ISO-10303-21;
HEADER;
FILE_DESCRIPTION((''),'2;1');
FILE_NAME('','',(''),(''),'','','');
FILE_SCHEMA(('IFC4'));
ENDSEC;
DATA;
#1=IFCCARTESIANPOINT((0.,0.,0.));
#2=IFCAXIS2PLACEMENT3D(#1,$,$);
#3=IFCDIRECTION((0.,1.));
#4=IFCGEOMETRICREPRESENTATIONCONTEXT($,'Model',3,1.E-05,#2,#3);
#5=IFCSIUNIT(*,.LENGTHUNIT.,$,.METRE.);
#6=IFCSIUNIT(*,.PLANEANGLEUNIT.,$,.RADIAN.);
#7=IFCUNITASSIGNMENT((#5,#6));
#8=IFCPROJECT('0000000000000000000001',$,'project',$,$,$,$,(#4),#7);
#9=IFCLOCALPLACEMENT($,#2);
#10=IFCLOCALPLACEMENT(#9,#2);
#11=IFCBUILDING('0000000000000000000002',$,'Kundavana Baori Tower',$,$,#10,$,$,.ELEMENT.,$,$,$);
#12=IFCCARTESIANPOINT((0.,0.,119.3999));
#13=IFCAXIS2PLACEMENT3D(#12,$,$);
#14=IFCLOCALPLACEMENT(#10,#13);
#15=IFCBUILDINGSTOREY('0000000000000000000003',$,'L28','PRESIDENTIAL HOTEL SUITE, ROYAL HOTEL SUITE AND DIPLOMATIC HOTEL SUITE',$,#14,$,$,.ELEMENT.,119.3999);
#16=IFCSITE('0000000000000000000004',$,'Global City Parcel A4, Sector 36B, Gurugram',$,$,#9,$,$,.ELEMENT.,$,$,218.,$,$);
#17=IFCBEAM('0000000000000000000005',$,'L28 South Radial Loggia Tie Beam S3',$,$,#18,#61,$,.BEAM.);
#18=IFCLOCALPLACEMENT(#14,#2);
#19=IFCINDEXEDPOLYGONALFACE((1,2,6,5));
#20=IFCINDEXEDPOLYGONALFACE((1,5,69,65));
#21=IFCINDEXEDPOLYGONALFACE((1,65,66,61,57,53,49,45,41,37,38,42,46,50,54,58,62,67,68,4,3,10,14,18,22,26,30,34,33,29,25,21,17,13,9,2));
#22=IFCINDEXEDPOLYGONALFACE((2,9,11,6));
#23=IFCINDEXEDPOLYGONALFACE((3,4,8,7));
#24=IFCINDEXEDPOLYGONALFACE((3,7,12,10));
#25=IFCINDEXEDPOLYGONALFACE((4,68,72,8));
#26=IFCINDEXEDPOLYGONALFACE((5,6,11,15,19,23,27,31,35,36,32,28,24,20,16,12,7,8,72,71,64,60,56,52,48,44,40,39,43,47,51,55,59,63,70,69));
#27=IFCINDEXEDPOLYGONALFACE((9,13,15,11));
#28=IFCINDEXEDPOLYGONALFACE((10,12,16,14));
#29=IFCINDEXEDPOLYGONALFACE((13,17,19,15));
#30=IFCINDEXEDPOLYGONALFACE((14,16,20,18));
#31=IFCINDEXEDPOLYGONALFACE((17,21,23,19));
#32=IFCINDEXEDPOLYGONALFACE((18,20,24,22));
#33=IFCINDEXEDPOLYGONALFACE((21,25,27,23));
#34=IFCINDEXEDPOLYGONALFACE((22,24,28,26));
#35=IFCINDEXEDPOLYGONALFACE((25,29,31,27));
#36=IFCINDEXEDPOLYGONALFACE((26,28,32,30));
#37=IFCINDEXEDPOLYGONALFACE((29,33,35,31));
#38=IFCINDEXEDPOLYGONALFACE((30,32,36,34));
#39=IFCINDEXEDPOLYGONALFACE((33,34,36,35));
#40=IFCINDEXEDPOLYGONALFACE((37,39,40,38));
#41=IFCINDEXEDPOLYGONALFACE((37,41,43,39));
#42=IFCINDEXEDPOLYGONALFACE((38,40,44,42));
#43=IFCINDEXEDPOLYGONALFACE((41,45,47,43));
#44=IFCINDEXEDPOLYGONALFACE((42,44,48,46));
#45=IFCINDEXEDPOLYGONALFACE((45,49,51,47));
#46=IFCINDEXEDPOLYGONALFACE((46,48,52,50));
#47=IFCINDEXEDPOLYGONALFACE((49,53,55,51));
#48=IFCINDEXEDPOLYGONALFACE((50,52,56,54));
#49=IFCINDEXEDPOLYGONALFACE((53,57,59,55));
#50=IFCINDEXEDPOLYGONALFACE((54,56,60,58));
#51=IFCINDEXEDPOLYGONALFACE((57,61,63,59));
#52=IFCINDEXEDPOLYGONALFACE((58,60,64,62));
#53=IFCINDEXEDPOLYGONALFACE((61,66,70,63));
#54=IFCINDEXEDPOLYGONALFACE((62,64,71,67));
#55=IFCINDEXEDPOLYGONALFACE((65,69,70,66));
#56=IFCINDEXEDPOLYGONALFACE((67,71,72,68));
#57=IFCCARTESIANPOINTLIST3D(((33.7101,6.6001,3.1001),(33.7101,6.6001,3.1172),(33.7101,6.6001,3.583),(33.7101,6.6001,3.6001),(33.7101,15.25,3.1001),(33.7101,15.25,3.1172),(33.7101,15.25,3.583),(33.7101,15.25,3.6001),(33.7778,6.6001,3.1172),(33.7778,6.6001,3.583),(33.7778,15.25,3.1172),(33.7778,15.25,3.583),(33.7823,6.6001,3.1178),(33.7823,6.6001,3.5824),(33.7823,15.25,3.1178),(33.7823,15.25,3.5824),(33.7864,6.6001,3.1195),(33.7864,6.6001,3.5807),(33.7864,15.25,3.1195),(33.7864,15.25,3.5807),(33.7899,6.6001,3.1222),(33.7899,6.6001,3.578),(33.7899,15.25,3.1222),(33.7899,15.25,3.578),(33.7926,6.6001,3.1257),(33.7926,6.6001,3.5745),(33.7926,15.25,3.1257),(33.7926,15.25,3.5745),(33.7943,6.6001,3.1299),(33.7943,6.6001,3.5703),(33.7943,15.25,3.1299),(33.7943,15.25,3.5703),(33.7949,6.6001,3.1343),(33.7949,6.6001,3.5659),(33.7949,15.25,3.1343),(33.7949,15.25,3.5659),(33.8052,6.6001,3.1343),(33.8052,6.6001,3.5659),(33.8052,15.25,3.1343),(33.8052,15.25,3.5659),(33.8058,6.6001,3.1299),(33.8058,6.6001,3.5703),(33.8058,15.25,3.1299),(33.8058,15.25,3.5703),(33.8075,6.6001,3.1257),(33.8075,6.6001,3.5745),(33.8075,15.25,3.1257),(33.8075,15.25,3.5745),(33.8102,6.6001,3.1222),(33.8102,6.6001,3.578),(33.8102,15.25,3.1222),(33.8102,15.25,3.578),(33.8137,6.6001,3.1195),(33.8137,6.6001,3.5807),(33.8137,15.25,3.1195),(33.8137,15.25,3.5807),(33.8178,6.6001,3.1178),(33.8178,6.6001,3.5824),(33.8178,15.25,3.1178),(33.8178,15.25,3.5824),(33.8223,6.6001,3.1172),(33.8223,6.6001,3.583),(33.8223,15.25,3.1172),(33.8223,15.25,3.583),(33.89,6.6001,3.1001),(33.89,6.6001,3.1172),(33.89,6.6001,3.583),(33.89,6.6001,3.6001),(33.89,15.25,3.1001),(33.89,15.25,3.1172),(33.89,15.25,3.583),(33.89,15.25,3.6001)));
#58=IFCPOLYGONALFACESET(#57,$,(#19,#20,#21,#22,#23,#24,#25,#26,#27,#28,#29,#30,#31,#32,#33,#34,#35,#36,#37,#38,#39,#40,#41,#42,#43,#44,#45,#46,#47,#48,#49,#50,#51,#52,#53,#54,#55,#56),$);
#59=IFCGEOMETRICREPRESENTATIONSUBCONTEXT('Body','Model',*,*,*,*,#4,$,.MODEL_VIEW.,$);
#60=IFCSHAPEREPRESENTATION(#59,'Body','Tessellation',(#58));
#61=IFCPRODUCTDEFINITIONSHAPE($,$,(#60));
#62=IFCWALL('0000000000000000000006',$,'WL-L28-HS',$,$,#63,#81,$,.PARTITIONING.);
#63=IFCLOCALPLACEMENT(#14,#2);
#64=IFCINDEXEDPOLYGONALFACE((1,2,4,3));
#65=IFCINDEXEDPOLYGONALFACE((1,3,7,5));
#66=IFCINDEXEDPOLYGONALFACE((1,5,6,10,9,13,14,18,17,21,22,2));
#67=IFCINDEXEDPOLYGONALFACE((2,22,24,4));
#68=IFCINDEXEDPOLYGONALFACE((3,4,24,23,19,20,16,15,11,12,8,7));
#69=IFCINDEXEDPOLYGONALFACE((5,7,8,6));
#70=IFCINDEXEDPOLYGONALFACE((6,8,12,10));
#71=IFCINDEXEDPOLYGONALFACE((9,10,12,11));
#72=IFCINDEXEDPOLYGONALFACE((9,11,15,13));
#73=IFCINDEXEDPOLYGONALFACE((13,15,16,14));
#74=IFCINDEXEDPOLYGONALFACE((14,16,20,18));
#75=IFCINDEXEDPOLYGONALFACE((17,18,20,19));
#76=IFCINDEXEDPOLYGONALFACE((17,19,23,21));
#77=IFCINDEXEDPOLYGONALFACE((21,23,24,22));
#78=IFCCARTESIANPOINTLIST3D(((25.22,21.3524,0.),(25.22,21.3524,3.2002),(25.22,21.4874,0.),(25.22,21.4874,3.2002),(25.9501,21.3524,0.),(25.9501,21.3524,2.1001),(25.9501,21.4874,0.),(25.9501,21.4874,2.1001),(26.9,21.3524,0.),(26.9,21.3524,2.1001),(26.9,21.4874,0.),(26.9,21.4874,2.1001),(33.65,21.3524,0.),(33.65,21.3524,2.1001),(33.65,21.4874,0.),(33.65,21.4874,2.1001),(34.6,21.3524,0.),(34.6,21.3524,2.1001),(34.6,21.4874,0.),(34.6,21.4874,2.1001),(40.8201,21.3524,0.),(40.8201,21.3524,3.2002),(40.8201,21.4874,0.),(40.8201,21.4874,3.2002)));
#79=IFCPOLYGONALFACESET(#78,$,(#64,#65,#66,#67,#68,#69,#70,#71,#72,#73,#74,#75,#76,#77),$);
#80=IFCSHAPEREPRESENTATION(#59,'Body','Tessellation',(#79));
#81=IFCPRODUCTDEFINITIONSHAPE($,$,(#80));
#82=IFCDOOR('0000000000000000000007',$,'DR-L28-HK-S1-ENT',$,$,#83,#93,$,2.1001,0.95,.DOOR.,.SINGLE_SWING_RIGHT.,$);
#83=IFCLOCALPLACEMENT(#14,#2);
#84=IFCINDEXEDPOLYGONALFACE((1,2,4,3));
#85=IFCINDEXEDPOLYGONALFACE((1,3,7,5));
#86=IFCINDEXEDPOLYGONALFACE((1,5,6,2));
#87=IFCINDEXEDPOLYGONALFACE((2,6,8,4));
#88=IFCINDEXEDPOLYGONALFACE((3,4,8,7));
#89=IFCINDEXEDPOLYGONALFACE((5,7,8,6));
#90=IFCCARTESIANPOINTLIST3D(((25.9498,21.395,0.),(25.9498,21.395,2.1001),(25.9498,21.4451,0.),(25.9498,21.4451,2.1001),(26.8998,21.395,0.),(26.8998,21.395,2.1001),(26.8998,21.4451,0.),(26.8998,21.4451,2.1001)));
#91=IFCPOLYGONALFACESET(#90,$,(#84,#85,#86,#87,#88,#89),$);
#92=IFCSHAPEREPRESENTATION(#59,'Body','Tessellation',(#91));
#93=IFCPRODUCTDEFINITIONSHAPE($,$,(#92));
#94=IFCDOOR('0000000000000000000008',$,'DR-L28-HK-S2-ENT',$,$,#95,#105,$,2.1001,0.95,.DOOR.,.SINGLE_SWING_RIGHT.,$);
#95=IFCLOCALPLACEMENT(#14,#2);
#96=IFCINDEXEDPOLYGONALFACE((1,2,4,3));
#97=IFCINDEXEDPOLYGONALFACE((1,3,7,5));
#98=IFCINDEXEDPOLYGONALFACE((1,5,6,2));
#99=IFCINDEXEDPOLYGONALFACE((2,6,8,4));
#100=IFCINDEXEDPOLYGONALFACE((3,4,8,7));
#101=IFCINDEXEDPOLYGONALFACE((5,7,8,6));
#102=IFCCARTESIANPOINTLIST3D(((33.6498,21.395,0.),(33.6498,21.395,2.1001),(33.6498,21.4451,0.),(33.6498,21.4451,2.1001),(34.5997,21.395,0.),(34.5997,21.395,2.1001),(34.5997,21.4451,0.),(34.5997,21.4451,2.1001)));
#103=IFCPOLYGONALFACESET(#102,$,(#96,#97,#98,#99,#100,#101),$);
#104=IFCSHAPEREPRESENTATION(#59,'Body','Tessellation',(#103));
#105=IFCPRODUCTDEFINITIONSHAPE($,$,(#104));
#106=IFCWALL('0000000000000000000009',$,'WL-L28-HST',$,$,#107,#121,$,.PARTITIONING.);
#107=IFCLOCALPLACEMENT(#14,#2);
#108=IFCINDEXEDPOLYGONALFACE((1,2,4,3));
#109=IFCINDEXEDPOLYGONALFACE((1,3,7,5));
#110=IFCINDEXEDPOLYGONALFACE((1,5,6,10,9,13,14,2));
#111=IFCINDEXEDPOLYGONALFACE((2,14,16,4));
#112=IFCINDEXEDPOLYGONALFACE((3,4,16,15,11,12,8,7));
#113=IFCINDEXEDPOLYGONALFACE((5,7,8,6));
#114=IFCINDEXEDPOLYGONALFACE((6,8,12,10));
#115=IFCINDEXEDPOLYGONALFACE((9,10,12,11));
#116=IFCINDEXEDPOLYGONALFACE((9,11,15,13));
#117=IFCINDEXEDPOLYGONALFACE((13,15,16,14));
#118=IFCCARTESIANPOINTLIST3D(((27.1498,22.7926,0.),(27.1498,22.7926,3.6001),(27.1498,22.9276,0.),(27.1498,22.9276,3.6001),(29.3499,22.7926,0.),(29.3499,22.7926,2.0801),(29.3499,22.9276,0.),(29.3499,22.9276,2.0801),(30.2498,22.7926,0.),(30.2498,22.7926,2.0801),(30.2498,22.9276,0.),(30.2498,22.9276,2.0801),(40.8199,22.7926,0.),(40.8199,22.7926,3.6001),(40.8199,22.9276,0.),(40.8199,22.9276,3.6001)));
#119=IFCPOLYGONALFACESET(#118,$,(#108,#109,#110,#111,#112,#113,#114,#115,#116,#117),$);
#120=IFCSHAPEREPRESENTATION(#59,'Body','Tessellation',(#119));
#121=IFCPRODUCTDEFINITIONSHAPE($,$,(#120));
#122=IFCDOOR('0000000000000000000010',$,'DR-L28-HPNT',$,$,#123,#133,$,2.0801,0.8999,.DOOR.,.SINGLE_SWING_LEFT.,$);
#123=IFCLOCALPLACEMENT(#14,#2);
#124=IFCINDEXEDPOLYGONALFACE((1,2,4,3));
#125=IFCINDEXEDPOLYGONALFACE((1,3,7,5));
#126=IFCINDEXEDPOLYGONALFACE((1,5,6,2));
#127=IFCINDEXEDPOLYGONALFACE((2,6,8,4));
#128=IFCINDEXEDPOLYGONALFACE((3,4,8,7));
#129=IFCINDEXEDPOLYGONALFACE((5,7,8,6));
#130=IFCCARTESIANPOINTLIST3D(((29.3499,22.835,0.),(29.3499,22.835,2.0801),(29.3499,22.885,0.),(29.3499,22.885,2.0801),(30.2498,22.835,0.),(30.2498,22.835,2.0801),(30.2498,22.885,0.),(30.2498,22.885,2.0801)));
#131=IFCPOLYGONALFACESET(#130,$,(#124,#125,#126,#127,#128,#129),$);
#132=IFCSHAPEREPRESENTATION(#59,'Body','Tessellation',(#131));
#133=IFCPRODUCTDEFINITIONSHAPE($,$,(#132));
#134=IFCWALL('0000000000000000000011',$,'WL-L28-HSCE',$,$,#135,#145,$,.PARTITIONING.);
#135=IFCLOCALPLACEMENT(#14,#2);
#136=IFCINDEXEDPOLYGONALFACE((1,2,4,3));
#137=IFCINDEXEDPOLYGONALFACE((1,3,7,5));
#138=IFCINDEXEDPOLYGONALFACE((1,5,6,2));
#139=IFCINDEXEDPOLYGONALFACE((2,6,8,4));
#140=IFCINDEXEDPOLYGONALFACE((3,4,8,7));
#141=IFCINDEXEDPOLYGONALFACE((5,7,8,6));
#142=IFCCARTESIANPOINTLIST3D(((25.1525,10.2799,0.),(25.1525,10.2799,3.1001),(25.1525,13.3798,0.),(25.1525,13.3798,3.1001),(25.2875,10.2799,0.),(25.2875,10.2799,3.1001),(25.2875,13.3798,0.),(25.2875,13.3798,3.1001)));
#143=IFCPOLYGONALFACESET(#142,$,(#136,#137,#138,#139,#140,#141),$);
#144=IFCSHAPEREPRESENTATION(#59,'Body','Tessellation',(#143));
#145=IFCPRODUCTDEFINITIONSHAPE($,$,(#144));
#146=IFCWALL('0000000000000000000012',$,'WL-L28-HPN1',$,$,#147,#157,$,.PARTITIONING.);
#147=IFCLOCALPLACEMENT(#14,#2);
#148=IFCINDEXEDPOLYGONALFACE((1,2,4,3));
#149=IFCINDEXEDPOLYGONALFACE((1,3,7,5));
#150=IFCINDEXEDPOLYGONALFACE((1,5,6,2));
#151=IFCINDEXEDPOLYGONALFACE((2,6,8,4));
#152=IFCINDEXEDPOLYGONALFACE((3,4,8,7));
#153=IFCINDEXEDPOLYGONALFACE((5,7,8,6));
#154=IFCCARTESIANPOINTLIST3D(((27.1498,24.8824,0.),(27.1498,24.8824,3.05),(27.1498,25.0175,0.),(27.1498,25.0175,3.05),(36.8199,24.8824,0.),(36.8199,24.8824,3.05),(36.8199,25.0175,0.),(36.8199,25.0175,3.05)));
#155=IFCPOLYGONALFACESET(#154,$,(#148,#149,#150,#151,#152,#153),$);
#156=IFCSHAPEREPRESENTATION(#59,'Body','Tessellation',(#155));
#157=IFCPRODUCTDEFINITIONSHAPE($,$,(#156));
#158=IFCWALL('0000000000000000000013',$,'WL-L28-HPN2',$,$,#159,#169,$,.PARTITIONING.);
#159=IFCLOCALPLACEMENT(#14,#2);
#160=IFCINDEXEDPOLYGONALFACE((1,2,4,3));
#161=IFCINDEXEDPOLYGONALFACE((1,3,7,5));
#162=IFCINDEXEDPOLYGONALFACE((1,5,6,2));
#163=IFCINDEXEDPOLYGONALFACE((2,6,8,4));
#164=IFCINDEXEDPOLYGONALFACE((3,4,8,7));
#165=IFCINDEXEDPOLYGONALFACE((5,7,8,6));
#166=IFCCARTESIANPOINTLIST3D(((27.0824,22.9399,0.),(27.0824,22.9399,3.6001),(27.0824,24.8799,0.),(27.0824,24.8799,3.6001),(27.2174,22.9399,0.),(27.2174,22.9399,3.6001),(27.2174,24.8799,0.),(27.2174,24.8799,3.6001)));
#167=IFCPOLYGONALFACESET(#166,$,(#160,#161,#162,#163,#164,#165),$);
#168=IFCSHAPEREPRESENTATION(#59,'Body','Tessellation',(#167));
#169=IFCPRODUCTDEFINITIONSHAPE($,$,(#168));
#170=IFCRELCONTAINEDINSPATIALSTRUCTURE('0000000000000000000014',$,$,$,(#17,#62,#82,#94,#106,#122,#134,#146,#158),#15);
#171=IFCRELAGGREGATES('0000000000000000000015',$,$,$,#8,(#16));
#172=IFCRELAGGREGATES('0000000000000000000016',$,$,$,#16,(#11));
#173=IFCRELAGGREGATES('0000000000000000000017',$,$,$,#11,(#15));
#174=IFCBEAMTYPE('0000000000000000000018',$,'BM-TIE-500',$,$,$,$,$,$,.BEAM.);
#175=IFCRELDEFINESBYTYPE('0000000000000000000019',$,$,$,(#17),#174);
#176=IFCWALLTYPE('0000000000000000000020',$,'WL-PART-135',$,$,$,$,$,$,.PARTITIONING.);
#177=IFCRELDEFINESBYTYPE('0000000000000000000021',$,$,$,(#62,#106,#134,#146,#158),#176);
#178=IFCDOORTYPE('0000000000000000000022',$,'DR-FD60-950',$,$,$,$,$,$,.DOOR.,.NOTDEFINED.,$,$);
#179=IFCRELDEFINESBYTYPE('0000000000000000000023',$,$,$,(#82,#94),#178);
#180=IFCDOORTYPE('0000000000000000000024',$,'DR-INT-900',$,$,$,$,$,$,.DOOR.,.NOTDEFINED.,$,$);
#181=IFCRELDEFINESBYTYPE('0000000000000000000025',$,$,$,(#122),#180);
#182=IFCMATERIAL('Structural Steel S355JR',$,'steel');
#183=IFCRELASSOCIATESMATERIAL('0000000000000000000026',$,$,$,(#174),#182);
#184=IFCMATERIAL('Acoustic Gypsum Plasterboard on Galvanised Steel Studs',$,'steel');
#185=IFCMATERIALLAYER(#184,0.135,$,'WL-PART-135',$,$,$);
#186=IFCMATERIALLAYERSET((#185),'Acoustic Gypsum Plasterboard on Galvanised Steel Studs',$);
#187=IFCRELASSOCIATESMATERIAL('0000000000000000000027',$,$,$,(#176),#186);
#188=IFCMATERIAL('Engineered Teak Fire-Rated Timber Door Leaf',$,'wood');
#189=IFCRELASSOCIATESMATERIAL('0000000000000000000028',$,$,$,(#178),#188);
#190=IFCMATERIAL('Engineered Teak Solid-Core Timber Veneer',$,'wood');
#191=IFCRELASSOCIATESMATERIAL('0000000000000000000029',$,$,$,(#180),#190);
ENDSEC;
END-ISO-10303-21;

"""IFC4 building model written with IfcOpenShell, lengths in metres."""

from ifc_helpers import new_model, si_unit, direction, frame, frame_2d, origin, origin_2d, place, context, subcontext, project, spatial, rectangle, i_section, extrude, material, layer, layer_set, material_profile, profile_set, type_object, element, fill, save


model = new_model("IFC4")

# Units and contexts
model_context = context("Model", 3, precision=1e-05, world=origin(), true_north=direction((0.0, 1.0)))
body_context = subcontext(model_context, "Body", "Model", "MODEL_VIEW")
ifc_project = project(units=[si_unit("LENGTHUNIT", "METRE"), si_unit("PLANEANGLEUNIT", "RADIAN")], contexts=[model_context])

# Site, building, storey
site_placement = place(None, origin())
site = spatial("IfcSite", under=ifc_project, at=site_placement, Name="Global City Parcel A4, Sector 36B, Gurugram", CompositionType="ELEMENT", RefElevation=218.0)
building_placement = place(site_placement, origin())
building = spatial("IfcBuilding", under=site, at=building_placement, Name="Kundavana Baori Tower", CompositionType="ELEMENT")
storey_placement = place(building_placement, frame((0.0, 0.0, 119.3999)))
storey = spatial("IfcBuildingStorey", under=building, at=storey_placement, Name="L28", Description="PRESIDENTIAL HOTEL SUITE, ROYAL HOTEL SUITE AND DIPLOMATIC HOTEL SUITE", CompositionType="ELEMENT", Elevation=119.3999)

# Beam
ifc_material_1 = material(Name="Structural Steel S355JR", Category="steel")
ifc_material_profile_1 = material_profile(ifc_material_1, i_section(OverallWidth=0.1799, OverallDepth=0.5, WebThickness=0.0103, FlangeThickness=0.0171, FilletRadius=0.0171, at=origin_2d()), Name="ISMB 500")
ifc_profile_set_1 = profile_set([ifc_material_profile_1], Name="Structural Steel S355JR")
beam_type_1 = type_object("IfcBeamType", Name="BM-TIE-500", PredefinedType="BEAM", material=ifc_profile_set_1)
for number, where, z_axis, x_axis, name in (
    (1, (33.8, 15.25, 3.3501), (0.0, -1.0, 0.0), (1.0, 0.0, 0.0), "L28 South Radial Loggia Tie Beam S3"),
):
    element("IfcBeam", number, at=place(storey_placement, frame(where, z_axis=z_axis, x_axis=x_axis)), inside=storey, type_object=beam_type_1, Name=name, PredefinedType="BEAM", context=body_context, shape_type="SweptSolid", body=[
        extrude(i_section(OverallWidth=0.1799, OverallDepth=0.5, WebThickness=0.0103, FlangeThickness=0.0171, FilletRadius=0.0171, at=origin_2d()), origin(), (0.0, 0.0, 1.0), 8.6499),
    ])

# Wall, openings, doors
ifc_material_2 = material(Name="Acoustic Gypsum Plasterboard on Galvanised Steel Studs", Category="steel")
ifc_layer_1 = layer(ifc_material_2, 0.135, Name="WL-PART-135")
ifc_layer_set_1 = layer_set([ifc_layer_1], Name="Acoustic Gypsum Plasterboard on Galvanised Steel Studs")
wall_type_1 = type_object("IfcWallType", Name="WL-PART-135", PredefinedType="PARTITIONING", material=ifc_layer_set_1)
wall_1_placement = place(storey_placement, frame((25.22, 21.4199, 0.0), z_axis=(0.0, 0.0, 1.0), x_axis=(1.0, 0.0, 0.0)))
wall_1 = element("IfcWall", 2, at=wall_1_placement, inside=storey, type_object=wall_type_1, Name="WL-L28-HS", PredefinedType="PARTITIONING", context=body_context, shape_type="SweptSolid", body=[
    extrude(rectangle(XDim=15.6001, YDim=0.135, at=frame_2d((7.8, 0.0))), origin(), (0.0, 0.0, 1.0), 3.2002),
])
opening_1_placement = place(wall_1_placement, frame((0.73, 0.0, 0.0)))
opening_1 = element("IfcOpeningElement", 3, at=opening_1_placement, cuts=wall_1, PredefinedType="OPENING", context=body_context, shape_type="SweptSolid", body=[
    extrude(rectangle(XDim=0.95, YDim=2.1001, at=frame_2d((0.4751, 1.05))), frame((0.0, 0.0776, 0.0), z_axis=(0.0, -1.0, 0.0), x_axis=(1.0, 0.0, 0.0)), (0.0, 0.0, 1.0), 0.155),
])
opening_2_placement = place(wall_1_placement, frame((8.4299, 0.0, 0.0)))
opening_2 = element("IfcOpeningElement", 4, at=opening_2_placement, cuts=wall_1, PredefinedType="OPENING", context=body_context, shape_type="SweptSolid", body=[
    extrude(rectangle(XDim=0.95, YDim=2.1001, at=frame_2d((0.4751, 1.05))), frame((0.0, 0.0776, 0.0), z_axis=(0.0, -1.0, 0.0), x_axis=(1.0, 0.0, 0.0)), (0.0, 0.0, 1.0), 0.155),
])
ifc_material_3 = material(Name="Engineered Teak Fire-Rated Timber Door Leaf", Category="wood")
door_type_1 = type_object("IfcDoorType", Name="DR-FD60-950", OperationType="NOTDEFINED", PredefinedType="DOOR", material=ifc_material_3)
door_1_placement = place(opening_1_placement, frame((0.95, 0.0, 0.0), z_axis=(0.0, 0.0, 1.0), x_axis=(-1.0, 0.0, 0.0)))
door_1 = element("IfcDoor", 5, at=door_1_placement, inside=storey, type_object=door_type_1, Name="DR-L28-HK-S1-ENT", OperationType="SINGLE_SWING_RIGHT", OverallHeight=2.1001, OverallWidth=0.95, PredefinedType="DOOR", context=body_context, shape_type="SweptSolid", body=[
    extrude(rectangle(XDim=0.95, YDim=2.1001, at=frame_2d((0.4751, 1.05))), frame((0.0, 0.0249, 0.0), z_axis=(0.0, -1.0, 0.0), x_axis=(1.0, 0.0, 0.0)), (0.0, 0.0, 1.0), 0.05),
])
fill(opening_1, door_1)
door_2_placement = place(opening_2_placement, frame((0.95, 0.0, 0.0), z_axis=(0.0, 0.0, 1.0), x_axis=(-1.0, 0.0, 0.0)))
door_2 = element("IfcDoor", 6, at=door_2_placement, inside=storey, type_object=door_type_1, Name="DR-L28-HK-S2-ENT", OperationType="SINGLE_SWING_RIGHT", OverallHeight=2.1001, OverallWidth=0.95, PredefinedType="DOOR", context=body_context, shape_type="SweptSolid", body=[
    extrude(rectangle(XDim=0.95, YDim=2.1001, at=frame_2d((0.4751, 1.05))), frame((0.0, 0.0249, 0.0), z_axis=(0.0, -1.0, 0.0), x_axis=(1.0, 0.0, 0.0)), (0.0, 0.0, 1.0), 0.05),
])
fill(opening_2, door_2)

# Wall, opening, door
wall_2_placement = place(storey_placement, frame((27.1499, 22.8601, 0.0), z_axis=(0.0, 0.0, 1.0), x_axis=(1.0, 0.0, 0.0)))
wall_2 = element("IfcWall", 7, at=wall_2_placement, inside=storey, type_object=wall_type_1, Name="WL-L28-HST", PredefinedType="PARTITIONING", context=body_context, shape_type="SweptSolid", body=[
    extrude(rectangle(XDim=13.6702, YDim=0.135, at=frame_2d((6.835, 0.0))), origin(), (0.0, 0.0, 1.0), 3.6001),
])
opening_3_placement = place(wall_2_placement, frame((2.2, 0.0, 0.0)))
opening_3 = element("IfcOpeningElement", 8, at=opening_3_placement, cuts=wall_2, PredefinedType="OPENING", context=body_context, shape_type="SweptSolid", body=[
    extrude(rectangle(XDim=0.8999, YDim=2.0801, at=frame_2d((0.45, 1.04))), frame((0.0, 0.0776, 0.0), z_axis=(0.0, -1.0, 0.0), x_axis=(1.0, 0.0, 0.0)), (0.0, 0.0, 1.0), 0.155),
])
ifc_material_4 = material(Name="Engineered Teak Solid-Core Timber Veneer", Category="wood")
door_type_2 = type_object("IfcDoorType", Name="DR-INT-900", OperationType="NOTDEFINED", PredefinedType="DOOR", material=ifc_material_4)
door_3_placement = place(opening_3_placement, origin())
door_3 = element("IfcDoor", 9, at=door_3_placement, inside=storey, type_object=door_type_2, Name="DR-L28-HPNT", OperationType="SINGLE_SWING_LEFT", OverallHeight=2.0801, OverallWidth=0.8999, PredefinedType="DOOR", context=body_context, shape_type="SweptSolid", body=[
    extrude(rectangle(XDim=0.8999, YDim=2.0801, at=frame_2d((0.45, 1.04))), frame((0.0, 0.0249, 0.0), z_axis=(0.0, -1.0, 0.0), x_axis=(1.0, 0.0, 0.0)), (0.0, 0.0, 1.0), 0.05),
])
fill(opening_3, door_3)

# Walls
wall_3_placement = place(storey_placement, frame((25.22, 10.28, 0.0), z_axis=(0.0, 0.0, 1.0), x_axis=(0.0, 1.0, 0.0)))
element("IfcWall", 10, at=wall_3_placement, inside=storey, type_object=wall_type_1, Name="WL-L28-HSCE", PredefinedType="PARTITIONING", context=body_context, shape_type="SweptSolid", body=[
    extrude(rectangle(XDim=3.0999, YDim=0.135, at=frame_2d((1.5498, 0.0))), origin(), (0.0, 0.0, 1.0), 3.1001),
])
wall_4_placement = place(storey_placement, frame((27.1499, 24.95, 0.0), z_axis=(0.0, 0.0, 1.0), x_axis=(1.0, 0.0, 0.0)))
element("IfcWall", 11, at=wall_4_placement, inside=storey, type_object=wall_type_1, Name="WL-L28-HPN1", PredefinedType="PARTITIONING", context=body_context, shape_type="SweptSolid", body=[
    extrude(rectangle(XDim=9.6702, YDim=0.135, at=frame_2d((4.835, 0.0))), origin(), (0.0, 0.0, 1.0), 3.05),
])
wall_5_placement = place(storey_placement, frame((27.1499, 22.9399, 0.0), z_axis=(0.0, 0.0, 1.0), x_axis=(0.0, 1.0, 0.0)))
element("IfcWall", 12, at=wall_5_placement, inside=storey, type_object=wall_type_1, Name="WL-L28-HPN2", PredefinedType="PARTITIONING", context=body_context, shape_type="SweptSolid", body=[
    extrude(rectangle(XDim=1.9399, YDim=0.135, at=frame_2d((0.97, 0.0))), origin(), (0.0, 0.0, 1.0), 3.6001),
])

save(model, "model.ifc")
